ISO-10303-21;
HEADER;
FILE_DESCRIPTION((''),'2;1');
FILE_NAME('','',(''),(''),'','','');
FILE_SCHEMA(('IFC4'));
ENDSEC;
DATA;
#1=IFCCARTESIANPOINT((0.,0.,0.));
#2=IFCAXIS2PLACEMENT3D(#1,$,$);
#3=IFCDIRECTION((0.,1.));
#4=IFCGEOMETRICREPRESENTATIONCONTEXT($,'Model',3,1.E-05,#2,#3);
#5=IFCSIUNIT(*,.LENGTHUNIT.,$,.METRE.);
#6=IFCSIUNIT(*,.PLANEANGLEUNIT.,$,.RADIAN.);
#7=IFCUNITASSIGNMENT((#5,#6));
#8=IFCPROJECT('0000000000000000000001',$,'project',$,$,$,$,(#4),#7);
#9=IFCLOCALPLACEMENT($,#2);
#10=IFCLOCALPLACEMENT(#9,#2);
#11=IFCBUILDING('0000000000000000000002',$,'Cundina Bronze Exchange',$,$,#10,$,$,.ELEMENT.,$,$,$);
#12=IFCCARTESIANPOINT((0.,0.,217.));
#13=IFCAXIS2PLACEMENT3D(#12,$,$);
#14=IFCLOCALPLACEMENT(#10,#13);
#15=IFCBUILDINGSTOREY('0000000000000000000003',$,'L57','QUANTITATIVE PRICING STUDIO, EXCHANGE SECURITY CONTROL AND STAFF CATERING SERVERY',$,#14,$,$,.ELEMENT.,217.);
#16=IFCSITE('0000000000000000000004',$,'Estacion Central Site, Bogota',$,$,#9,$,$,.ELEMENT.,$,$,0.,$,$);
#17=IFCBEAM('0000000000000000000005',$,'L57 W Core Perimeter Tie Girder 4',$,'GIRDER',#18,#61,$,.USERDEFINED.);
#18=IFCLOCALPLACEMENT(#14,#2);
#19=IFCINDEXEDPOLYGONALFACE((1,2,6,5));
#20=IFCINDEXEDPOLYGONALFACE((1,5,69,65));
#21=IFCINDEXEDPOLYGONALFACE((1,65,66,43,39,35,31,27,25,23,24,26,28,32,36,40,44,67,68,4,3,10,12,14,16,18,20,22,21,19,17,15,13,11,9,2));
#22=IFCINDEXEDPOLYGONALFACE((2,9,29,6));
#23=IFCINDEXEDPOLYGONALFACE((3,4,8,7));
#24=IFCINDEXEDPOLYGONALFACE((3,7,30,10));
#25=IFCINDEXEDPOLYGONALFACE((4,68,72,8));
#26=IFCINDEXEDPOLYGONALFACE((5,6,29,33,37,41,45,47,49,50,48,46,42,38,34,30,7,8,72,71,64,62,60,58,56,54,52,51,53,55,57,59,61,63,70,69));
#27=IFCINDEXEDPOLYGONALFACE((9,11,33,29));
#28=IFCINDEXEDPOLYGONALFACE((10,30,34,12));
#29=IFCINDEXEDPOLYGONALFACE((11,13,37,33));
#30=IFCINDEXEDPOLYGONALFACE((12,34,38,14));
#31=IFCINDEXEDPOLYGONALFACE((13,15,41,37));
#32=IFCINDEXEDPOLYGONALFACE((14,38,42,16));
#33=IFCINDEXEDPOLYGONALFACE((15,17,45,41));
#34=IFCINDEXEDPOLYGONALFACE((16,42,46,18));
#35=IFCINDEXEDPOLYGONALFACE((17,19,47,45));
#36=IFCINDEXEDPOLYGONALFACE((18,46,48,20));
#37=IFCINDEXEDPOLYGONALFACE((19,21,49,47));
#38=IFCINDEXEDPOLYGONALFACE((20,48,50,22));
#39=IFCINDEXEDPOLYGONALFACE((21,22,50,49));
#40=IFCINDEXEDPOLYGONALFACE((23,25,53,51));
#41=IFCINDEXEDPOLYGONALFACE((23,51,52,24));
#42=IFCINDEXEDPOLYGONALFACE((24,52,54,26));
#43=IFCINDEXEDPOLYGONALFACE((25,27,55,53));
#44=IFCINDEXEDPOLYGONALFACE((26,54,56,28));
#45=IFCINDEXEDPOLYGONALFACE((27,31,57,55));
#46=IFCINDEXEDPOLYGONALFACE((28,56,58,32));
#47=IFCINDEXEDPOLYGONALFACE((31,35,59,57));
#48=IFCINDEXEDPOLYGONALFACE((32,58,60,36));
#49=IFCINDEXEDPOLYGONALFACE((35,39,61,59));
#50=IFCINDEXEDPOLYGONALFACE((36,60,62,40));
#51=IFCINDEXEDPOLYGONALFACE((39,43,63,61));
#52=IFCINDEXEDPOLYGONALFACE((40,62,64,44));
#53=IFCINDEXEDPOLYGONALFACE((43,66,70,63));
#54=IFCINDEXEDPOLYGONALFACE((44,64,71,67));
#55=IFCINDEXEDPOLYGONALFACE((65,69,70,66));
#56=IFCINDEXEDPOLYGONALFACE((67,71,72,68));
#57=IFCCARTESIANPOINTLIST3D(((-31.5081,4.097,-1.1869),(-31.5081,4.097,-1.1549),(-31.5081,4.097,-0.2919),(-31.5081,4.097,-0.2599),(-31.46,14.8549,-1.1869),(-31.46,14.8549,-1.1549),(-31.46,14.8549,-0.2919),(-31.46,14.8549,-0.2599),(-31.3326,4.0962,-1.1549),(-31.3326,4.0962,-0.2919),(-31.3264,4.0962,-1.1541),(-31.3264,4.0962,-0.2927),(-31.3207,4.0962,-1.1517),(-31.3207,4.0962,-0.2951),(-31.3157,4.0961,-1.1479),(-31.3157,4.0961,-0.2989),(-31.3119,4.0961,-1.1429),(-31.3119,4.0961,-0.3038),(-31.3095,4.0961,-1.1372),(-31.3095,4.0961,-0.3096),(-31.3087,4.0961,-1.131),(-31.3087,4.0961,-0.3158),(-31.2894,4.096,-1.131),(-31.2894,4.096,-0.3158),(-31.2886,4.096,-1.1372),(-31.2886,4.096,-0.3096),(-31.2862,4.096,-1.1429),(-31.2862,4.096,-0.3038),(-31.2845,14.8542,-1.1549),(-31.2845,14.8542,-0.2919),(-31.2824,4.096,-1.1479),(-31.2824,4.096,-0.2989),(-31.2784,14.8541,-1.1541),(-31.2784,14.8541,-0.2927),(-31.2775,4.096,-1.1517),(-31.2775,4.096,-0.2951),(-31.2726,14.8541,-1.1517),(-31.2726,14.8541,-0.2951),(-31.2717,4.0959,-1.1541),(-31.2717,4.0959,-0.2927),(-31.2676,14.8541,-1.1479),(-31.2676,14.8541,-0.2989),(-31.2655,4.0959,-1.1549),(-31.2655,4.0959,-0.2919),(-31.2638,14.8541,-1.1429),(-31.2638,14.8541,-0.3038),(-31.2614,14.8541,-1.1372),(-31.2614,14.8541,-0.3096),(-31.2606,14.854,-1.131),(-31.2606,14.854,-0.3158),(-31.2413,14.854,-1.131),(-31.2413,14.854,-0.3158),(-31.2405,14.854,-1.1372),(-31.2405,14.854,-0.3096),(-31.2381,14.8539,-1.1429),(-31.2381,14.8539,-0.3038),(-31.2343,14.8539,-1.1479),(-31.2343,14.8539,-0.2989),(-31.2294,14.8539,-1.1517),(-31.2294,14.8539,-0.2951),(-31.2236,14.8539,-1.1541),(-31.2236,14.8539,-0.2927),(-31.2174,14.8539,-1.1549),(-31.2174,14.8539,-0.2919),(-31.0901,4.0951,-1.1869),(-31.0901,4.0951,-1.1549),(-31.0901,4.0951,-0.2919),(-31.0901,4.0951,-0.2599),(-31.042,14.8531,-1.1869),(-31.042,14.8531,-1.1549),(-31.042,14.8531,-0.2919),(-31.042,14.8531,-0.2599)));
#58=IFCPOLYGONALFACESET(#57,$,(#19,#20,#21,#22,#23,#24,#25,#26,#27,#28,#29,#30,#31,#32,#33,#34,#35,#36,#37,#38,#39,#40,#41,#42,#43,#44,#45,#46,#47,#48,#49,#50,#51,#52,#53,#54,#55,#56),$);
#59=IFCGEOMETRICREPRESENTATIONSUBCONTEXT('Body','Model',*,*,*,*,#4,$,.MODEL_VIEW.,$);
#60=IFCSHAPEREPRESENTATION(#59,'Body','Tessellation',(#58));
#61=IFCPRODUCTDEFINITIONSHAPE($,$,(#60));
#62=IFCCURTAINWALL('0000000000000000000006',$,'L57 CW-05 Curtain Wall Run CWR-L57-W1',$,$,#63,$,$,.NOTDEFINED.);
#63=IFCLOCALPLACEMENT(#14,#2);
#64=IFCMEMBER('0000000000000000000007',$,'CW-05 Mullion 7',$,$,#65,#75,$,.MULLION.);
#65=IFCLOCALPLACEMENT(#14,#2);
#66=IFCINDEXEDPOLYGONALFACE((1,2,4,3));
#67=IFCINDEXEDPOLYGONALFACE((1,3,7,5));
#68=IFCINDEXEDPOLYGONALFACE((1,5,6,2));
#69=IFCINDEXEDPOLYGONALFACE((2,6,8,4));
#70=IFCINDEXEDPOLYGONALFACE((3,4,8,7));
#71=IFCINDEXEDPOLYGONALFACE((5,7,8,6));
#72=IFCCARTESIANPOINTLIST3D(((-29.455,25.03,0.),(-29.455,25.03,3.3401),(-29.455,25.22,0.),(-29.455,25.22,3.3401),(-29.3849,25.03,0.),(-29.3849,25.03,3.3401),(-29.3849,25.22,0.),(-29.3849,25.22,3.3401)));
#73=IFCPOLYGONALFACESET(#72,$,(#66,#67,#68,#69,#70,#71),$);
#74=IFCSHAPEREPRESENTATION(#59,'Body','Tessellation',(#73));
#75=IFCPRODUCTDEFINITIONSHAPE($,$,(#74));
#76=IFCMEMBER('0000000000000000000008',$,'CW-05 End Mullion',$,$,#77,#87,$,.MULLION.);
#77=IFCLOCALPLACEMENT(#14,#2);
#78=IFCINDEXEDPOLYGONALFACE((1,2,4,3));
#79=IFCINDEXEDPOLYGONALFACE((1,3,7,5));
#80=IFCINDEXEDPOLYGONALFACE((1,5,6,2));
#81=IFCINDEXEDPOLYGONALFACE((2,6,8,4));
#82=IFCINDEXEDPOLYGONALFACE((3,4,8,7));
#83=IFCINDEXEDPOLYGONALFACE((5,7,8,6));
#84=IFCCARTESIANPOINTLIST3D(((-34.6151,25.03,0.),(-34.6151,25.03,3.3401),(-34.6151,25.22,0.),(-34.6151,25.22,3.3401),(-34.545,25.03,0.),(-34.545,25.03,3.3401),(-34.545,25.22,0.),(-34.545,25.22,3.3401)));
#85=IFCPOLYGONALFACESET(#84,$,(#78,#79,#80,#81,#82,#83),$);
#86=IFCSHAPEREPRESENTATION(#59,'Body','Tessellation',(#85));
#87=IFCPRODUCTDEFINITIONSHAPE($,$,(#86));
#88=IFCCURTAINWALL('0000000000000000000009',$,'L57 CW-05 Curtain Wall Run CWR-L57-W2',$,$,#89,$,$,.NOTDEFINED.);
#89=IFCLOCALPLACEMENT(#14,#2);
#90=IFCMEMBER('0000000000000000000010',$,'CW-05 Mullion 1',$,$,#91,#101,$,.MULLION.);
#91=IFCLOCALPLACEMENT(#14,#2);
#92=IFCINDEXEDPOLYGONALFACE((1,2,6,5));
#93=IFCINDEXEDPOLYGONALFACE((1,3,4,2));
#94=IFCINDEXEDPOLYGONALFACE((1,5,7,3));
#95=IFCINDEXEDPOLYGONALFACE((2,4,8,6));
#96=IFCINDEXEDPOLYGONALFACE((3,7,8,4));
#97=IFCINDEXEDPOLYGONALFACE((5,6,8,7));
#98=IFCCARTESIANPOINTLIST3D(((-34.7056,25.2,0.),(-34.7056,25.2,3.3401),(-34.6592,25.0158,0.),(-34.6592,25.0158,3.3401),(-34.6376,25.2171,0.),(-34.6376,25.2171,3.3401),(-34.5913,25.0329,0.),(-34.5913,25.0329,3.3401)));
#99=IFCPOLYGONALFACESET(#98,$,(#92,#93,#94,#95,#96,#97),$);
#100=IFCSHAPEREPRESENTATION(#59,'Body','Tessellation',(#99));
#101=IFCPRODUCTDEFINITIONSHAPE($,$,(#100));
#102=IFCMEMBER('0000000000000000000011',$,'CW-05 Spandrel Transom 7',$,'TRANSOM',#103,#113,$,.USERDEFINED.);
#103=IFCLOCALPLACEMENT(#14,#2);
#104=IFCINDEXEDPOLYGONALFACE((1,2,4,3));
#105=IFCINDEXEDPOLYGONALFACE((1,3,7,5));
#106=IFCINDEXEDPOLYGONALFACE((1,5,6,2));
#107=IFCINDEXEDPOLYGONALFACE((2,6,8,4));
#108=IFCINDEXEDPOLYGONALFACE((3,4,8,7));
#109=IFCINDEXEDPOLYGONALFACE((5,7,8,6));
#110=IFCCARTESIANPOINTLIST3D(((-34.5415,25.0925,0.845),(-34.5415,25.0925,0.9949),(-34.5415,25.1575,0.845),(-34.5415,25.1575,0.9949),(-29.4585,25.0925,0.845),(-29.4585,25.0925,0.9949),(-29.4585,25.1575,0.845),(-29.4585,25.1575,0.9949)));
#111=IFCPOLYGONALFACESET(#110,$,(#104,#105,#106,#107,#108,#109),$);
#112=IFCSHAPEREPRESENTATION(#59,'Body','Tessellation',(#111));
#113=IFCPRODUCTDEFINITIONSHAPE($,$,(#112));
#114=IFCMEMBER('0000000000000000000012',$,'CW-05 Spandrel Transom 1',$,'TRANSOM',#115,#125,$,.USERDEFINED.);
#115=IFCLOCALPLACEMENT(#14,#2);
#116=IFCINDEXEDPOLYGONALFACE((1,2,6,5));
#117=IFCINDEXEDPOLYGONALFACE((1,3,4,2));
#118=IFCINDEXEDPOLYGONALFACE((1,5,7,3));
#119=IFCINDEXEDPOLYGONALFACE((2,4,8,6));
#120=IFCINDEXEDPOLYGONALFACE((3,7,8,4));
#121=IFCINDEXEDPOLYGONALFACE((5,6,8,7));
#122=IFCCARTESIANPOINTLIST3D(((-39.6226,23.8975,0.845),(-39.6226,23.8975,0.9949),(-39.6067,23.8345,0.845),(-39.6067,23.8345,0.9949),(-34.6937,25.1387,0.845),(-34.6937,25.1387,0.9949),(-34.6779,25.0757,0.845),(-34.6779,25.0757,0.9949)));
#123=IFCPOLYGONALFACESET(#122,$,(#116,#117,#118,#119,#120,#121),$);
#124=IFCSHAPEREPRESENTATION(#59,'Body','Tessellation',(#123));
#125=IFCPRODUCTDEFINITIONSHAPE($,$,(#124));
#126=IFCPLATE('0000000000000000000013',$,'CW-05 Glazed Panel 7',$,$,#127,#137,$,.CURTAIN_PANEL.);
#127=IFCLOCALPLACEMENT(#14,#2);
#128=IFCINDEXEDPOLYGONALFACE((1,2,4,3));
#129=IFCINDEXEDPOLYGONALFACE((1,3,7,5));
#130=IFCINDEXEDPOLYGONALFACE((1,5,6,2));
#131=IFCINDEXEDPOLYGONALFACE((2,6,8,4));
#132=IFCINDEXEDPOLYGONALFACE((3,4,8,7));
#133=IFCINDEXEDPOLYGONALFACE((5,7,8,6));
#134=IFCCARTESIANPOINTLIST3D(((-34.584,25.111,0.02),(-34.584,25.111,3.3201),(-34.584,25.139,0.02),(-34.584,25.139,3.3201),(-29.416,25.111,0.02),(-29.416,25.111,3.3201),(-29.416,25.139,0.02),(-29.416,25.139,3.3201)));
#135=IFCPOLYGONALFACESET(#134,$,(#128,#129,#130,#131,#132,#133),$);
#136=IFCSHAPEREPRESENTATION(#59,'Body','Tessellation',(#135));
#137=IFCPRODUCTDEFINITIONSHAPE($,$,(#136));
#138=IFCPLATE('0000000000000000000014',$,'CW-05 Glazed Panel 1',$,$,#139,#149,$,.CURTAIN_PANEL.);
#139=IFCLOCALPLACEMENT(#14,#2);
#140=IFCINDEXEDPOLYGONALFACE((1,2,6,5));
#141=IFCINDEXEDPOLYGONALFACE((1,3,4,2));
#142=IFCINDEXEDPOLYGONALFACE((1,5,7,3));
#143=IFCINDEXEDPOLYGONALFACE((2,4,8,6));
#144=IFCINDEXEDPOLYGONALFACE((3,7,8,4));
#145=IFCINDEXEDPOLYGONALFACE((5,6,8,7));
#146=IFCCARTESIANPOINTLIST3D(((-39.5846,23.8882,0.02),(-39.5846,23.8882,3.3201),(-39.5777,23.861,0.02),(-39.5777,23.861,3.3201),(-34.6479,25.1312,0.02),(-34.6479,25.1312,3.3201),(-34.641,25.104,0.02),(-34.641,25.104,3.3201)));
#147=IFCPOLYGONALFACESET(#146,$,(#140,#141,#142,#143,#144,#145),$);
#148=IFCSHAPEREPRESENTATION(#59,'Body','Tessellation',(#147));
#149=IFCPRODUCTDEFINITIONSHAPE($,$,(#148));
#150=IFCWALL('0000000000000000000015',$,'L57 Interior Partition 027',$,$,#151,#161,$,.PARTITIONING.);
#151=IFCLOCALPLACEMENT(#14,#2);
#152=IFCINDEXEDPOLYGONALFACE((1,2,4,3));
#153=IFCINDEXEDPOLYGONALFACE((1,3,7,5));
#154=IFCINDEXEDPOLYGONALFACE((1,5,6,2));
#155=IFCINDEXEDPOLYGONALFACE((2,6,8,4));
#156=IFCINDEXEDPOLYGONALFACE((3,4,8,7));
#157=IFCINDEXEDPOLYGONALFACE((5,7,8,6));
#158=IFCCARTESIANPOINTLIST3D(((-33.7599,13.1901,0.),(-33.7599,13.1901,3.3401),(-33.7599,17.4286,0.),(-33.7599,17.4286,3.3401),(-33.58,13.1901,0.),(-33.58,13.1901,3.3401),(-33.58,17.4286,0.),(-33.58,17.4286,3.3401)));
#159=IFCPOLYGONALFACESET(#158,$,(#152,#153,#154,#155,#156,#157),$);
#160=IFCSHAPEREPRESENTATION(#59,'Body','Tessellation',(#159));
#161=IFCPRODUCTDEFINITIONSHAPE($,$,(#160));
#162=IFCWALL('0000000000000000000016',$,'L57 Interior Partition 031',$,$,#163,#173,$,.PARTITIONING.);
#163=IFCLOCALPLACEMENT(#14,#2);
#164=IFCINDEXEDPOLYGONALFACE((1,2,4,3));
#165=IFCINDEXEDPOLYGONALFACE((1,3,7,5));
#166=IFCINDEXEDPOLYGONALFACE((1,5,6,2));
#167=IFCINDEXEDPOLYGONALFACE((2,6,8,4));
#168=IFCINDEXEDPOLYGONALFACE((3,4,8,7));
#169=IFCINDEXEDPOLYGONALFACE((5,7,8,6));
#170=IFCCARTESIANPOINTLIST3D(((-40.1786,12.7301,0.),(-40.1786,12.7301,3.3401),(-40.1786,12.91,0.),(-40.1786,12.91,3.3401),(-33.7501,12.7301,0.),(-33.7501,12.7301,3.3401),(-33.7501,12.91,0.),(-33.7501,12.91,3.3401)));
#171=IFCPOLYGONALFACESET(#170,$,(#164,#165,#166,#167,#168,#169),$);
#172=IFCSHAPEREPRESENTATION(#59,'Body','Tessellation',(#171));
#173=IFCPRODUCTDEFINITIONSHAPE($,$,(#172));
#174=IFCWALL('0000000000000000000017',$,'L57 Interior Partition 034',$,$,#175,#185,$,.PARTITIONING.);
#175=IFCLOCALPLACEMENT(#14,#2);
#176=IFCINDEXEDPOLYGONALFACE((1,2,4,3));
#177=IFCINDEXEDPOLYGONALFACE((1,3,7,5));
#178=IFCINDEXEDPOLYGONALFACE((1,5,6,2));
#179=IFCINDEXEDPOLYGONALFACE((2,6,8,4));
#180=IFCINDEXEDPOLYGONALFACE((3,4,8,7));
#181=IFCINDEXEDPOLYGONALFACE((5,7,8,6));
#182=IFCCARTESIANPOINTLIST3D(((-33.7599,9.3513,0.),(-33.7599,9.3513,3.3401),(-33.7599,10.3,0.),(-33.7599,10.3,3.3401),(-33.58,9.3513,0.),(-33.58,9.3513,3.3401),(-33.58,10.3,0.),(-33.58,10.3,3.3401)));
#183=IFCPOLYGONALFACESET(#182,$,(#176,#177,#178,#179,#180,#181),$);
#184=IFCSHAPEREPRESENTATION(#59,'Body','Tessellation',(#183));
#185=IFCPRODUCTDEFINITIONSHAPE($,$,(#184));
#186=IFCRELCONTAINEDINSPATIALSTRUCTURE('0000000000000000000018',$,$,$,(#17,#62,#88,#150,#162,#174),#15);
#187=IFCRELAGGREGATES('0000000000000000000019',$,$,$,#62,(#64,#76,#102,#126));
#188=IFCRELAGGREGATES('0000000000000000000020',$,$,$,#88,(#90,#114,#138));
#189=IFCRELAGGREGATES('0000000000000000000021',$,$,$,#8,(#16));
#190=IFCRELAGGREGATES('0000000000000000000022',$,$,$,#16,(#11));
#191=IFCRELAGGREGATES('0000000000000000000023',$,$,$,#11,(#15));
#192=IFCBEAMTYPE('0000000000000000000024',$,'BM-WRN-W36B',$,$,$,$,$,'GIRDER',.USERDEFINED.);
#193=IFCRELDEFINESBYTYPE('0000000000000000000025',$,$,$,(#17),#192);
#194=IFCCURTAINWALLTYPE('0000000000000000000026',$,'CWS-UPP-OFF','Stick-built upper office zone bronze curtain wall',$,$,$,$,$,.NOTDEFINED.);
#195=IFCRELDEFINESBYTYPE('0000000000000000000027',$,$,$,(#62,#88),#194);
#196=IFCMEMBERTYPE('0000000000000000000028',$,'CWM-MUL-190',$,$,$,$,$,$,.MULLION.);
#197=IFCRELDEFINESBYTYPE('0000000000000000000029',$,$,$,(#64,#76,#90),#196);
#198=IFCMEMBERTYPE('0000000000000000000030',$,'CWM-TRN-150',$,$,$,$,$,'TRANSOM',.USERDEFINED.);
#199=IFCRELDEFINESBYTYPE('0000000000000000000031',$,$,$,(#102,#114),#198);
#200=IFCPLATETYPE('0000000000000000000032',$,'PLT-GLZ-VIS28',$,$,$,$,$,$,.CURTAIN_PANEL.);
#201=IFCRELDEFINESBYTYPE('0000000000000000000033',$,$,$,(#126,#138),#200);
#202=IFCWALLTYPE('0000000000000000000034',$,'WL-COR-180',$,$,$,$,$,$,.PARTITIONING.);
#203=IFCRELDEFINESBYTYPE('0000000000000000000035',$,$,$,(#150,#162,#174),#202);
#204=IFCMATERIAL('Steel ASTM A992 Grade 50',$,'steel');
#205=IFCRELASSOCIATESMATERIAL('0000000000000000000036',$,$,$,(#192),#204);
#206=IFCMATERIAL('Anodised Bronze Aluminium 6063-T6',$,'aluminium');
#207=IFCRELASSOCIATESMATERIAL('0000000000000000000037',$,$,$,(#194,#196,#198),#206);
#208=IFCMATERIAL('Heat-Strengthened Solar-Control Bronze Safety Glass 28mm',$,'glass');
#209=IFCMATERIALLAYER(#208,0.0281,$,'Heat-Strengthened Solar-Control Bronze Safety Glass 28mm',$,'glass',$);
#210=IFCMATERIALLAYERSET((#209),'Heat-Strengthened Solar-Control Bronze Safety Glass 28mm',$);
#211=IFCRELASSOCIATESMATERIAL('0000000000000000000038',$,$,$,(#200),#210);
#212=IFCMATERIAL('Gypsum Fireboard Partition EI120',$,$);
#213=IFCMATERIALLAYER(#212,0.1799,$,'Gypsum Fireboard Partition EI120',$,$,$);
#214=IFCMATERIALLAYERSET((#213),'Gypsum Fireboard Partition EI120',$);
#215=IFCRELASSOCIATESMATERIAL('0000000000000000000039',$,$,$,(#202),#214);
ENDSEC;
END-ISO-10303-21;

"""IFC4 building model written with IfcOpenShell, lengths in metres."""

from ifc_helpers import new_model, si_unit, direction, frame, frame_2d, origin, origin_2d, place, context, subcontext, project, spatial, rectangle, i_section, extrude, material, layer, layer_set, material_profile, profile_set, type_object, element, aggregate, save


model = new_model("IFC4")

# Units and contexts
model_context = context("Model", 3, precision=1e-05, world=origin(), true_north=direction((0.0, 1.0)))
body_context = subcontext(model_context, "Body", "Model", "MODEL_VIEW")
ifc_project = project(units=[si_unit("LENGTHUNIT", "METRE"), si_unit("PLANEANGLEUNIT", "RADIAN")], contexts=[model_context])

# Site, building, storey
site_placement = place(None, origin())
site = spatial("IfcSite", under=ifc_project, at=site_placement, Name="Estacion Central Site, Bogota", CompositionType="ELEMENT", RefElevation=0.0)
building_placement = place(site_placement, origin())
building = spatial("IfcBuilding", under=site, at=building_placement, Name="Cundina Bronze Exchange", CompositionType="ELEMENT")
storey_placement = place(building_placement, frame((0.0, 0.0, 217.0)))
storey = spatial("IfcBuildingStorey", under=building, at=storey_placement, Name="L57", Description="QUANTITATIVE PRICING STUDIO, EXCHANGE SECURITY CONTROL AND STAFF CATERING SERVERY", CompositionType="ELEMENT", Elevation=217.0)

# Shared definitions
ifc_material_1 = material(Name="Steel ASTM A992 Grade 50", Category="steel")

# Beam
ifc_material_profile_1 = material_profile(ifc_material_1, i_section(OverallWidth=0.418, OverallDepth=0.927, WebThickness=0.0193, FlangeThickness=0.032, FilletRadius=0.0239, at=origin_2d()), Name="W36X231", Category="steel")
ifc_profile_set_1 = profile_set([ifc_material_profile_1], Name="Steel ASTM A992 Grade 50")
beam_type_1 = type_object("IfcBeamType", Name="BM-WRN-W36B", ElementType="GIRDER", PredefinedType="USERDEFINED", material=ifc_profile_set_1)
beam_1_placement = place(storey_placement, frame((-31.251, 14.854, -0.7234), z_axis=(-0.004471, -0.99999, 0.0), x_axis=(0.99999, -0.004471, 0.0)))
element("IfcBeam", 1, at=beam_1_placement, inside=storey, type_object=beam_type_1, Name="L57 W Core Perimeter Tie Girder 4", ObjectType="GIRDER", PredefinedType="USERDEFINED", context=body_context, shape_type="SweptSolid", body=[
    extrude(i_section(OverallWidth=0.418, OverallDepth=0.927, WebThickness=0.0193, FlangeThickness=0.032, FilletRadius=0.0239, at=origin_2d()), origin(), (0.0, 0.0, 1.0), 10.7581),
])

# Curtain wall, members
ifc_material_2 = material(Name="Anodised Bronze Aluminium 6063-T6", Category="aluminium")
curtain_wall_type = type_object("IfcCurtainWallType", Name="CWS-UPP-OFF", Description="Stick-built upper office zone bronze curtain wall", PredefinedType="NOTDEFINED", material=ifc_material_2)
curtain_wall_1_placement = place(storey_placement, origin())
curtain_wall_1 = element("IfcCurtainWall", 2, at=curtain_wall_1_placement, inside=storey, type_object=curtain_wall_type, Name="L57 CW-05 Curtain Wall Run CWR-L57-W1", PredefinedType="NOTDEFINED")
ifc_material_profile_2 = material_profile(ifc_material_2, rectangle(XDim=0.0701, YDim=0.1899, at=origin_2d()), Name="AL70X190", Category="aluminium")
ifc_profile_set_2 = profile_set([ifc_material_profile_2], Name="Anodised Bronze Aluminium 6063-T6")
member_type_1 = type_object("IfcMemberType", Name="CWM-MUL-190", PredefinedType="MULLION", material=ifc_profile_set_2)
member_1_placement = place(storey_placement, frame((-29.4199, 25.125, 0.0), z_axis=(0.0, 0.0, 1.0), x_axis=(-1.0, 0.0, 0.0)))
member_1 = element("IfcMember", 3, at=member_1_placement, type_object=member_type_1, Name="CW-05 Mullion 7", PredefinedType="MULLION", context=body_context, shape_type="SweptSolid", body=[
    extrude(rectangle(XDim=0.0701, YDim=0.1899, at=origin_2d()), origin(), (0.0, 0.0, 1.0), 3.3401),
])
member_2_placement = place(storey_placement, frame((-34.5801, 25.125, 0.0), z_axis=(0.0, 0.0, 1.0), x_axis=(-1.0, 0.0, 0.0)))
member_2 = element("IfcMember", 4, at=member_2_placement, type_object=member_type_1, Name="CW-05 End Mullion", PredefinedType="MULLION", context=body_context, shape_type="SweptSolid", body=[
    extrude(rectangle(XDim=0.0701, YDim=0.1899, at=origin_2d()), origin(), (0.0, 0.0, 1.0), 3.3401),
])

# Curtain wall, member
curtain_wall_2_placement = place(storey_placement, origin())
curtain_wall_2 = element("IfcCurtainWall", 5, at=curtain_wall_2_placement, inside=storey, type_object=curtain_wall_type, Name="L57 CW-05 Curtain Wall Run CWR-L57-W2", PredefinedType="NOTDEFINED")
member_3_placement = place(storey_placement, frame((-34.6484, 25.1165, 0.0), z_axis=(0.0, 0.0, 1.0), x_axis=(-0.969744, -0.244123, 0.0)))
member_3 = element("IfcMember", 6, at=member_3_placement, type_object=member_type_1, Name="CW-05 Mullion 1", PredefinedType="MULLION", context=body_context, shape_type="SweptSolid", body=[
    extrude(rectangle(XDim=0.0701, YDim=0.1899, at=origin_2d()), origin(), (0.0, 0.0, 1.0), 3.3401),
])

# Members
ifc_material_profile_3 = material_profile(ifc_material_2, rectangle(XDim=0.0649, YDim=0.1499, at=origin_2d()), Name="AL65X150", Category="aluminium")
ifc_profile_set_3 = profile_set([ifc_material_profile_3], Name="Anodised Bronze Aluminium 6063-T6")
member_type_2 = type_object("IfcMemberType", Name="CWM-TRN-150", ElementType="TRANSOM", PredefinedType="USERDEFINED", material=ifc_profile_set_3)
member_4_placement = place(storey_placement, frame((-29.4585, 25.125, 0.9199), z_axis=(-1.0, 0.0, 0.0), x_axis=(0.0, -1.0, 0.0)))
member_4 = element("IfcMember", 7, at=member_4_placement, type_object=member_type_2, Name="CW-05 Spandrel Transom 7", ObjectType="TRANSOM", PredefinedType="USERDEFINED", context=body_context, shape_type="SweptSolid", body=[
    extrude(rectangle(XDim=0.0649, YDim=0.1499, at=origin_2d()), origin(), (0.0, 0.0, 1.0), 5.083),
])
member_5_placement = place(storey_placement, frame((-34.6858, 25.1072, 0.9199), z_axis=(-0.969726, -0.244197, 0.0), x_axis=(0.244197, -0.969726, 0.0)))
member_5 = element("IfcMember", 8, at=member_5_placement, type_object=member_type_2, Name="CW-05 Spandrel Transom 1", ObjectType="TRANSOM", PredefinedType="USERDEFINED", context=body_context, shape_type="SweptSolid", body=[
    extrude(rectangle(XDim=0.0649, YDim=0.1499, at=origin_2d()), origin(), (0.0, 0.0, 1.0), 5.0828),
])

# Plates
ifc_material_3 = material(Name="Heat-Strengthened Solar-Control Bronze Safety Glass 28mm", Category="glass")
ifc_layer_1 = layer(ifc_material_3, 0.0281, Name="Heat-Strengthened Solar-Control Bronze Safety Glass 28mm", Category="glass")
ifc_layer_set_1 = layer_set([ifc_layer_1], Name="Heat-Strengthened Solar-Control Bronze Safety Glass 28mm")
plate_type = type_object("IfcPlateType", Name="PLT-GLZ-VIS28", PredefinedType="CURTAIN_PANEL", material=ifc_layer_set_1)
plate_1_placement = place(storey_placement, frame((-32.0, 25.125, 0.02), z_axis=(0.0, 0.0, 1.0), x_axis=(-1.0, 0.0, 0.0)))
plate_1 = element("IfcPlate", 9, at=plate_1_placement, type_object=plate_type, Name="CW-05 Glazed Panel 7", PredefinedType="CURTAIN_PANEL", context=body_context, shape_type="SweptSolid", body=[
    extrude(rectangle(XDim=5.168, YDim=0.0281, at=origin_2d()), origin(), (0.0, 0.0, 1.0), 3.3),
])
aggregate(curtain_wall_1, [member_1, member_2, member_4, plate_1])
plate_2_placement = place(storey_placement, frame((-37.1128, 24.4961, 0.02), z_axis=(0.0, 0.0, 1.0), x_axis=(-0.969732, -0.244174, 0.0)))
plate_2 = element("IfcPlate", 10, at=plate_2_placement, type_object=plate_type, Name="CW-05 Glazed Panel 1", PredefinedType="CURTAIN_PANEL", context=body_context, shape_type="SweptSolid", body=[
    extrude(rectangle(XDim=5.0908, YDim=0.0281, at=origin_2d()), origin(), (0.0, 0.0, 1.0), 3.3),
])
aggregate(curtain_wall_2, [member_3, member_5, plate_2])

# Shared definitions
ifc_material_4 = material(Name="Gypsum Fireboard Partition EI120")
ifc_layer_2 = layer(ifc_material_4, 0.1799, Name="Gypsum Fireboard Partition EI120")
ifc_layer_set_2 = layer_set([ifc_layer_2], Name="Gypsum Fireboard Partition EI120")
wall_type_1 = type_object("IfcWallType", Name="WL-COR-180", PredefinedType="PARTITIONING", material=ifc_layer_set_2)

# Walls
wall_1_placement = place(storey_placement, frame((-33.6699, 17.4285, 0.0), z_axis=(0.0, 0.0, 1.0), x_axis=(0.0, -1.0, 0.0)))
element("IfcWall", 11, at=wall_1_placement, inside=storey, type_object=wall_type_1, Name="L57 Interior Partition 027", PredefinedType="PARTITIONING", context=body_context, shape_type="SweptSolid", body=[
    extrude(rectangle(XDim=4.2385, YDim=0.1799, at=frame_2d((2.1191, 0.0))), origin(), (0.0, 0.0, 1.0), 3.3401),
])
wall_2_placement = place(storey_placement, frame((-33.75, 12.8201, 0.0), z_axis=(0.0, 0.0, 1.0), x_axis=(-1.0, 0.0, 0.0)))
element("IfcWall", 12, at=wall_2_placement, inside=storey, type_object=wall_type_1, Name="L57 Interior Partition 031", PredefinedType="PARTITIONING", context=body_context, shape_type="SweptSolid", body=[
    extrude(rectangle(XDim=6.4285, YDim=0.1799, at=frame_2d((3.2144, 0.0))), origin(), (0.0, 0.0, 1.0), 3.3401),
])
wall_3_placement = place(storey_placement, frame((-33.6699, 10.3, 0.0), z_axis=(0.0, 0.0, 1.0), x_axis=(0.0, -1.0, 0.0)))
element("IfcWall", 13, at=wall_3_placement, inside=storey, type_object=wall_type_1, Name="L57 Interior Partition 034", PredefinedType="PARTITIONING", context=body_context, shape_type="SweptSolid", body=[
    extrude(rectangle(XDim=0.9487, YDim=0.1799, at=frame_2d((0.4744, 0.0))), origin(), (0.0, 0.0, 1.0), 3.3401),
])

save(model, "model.ifc")
